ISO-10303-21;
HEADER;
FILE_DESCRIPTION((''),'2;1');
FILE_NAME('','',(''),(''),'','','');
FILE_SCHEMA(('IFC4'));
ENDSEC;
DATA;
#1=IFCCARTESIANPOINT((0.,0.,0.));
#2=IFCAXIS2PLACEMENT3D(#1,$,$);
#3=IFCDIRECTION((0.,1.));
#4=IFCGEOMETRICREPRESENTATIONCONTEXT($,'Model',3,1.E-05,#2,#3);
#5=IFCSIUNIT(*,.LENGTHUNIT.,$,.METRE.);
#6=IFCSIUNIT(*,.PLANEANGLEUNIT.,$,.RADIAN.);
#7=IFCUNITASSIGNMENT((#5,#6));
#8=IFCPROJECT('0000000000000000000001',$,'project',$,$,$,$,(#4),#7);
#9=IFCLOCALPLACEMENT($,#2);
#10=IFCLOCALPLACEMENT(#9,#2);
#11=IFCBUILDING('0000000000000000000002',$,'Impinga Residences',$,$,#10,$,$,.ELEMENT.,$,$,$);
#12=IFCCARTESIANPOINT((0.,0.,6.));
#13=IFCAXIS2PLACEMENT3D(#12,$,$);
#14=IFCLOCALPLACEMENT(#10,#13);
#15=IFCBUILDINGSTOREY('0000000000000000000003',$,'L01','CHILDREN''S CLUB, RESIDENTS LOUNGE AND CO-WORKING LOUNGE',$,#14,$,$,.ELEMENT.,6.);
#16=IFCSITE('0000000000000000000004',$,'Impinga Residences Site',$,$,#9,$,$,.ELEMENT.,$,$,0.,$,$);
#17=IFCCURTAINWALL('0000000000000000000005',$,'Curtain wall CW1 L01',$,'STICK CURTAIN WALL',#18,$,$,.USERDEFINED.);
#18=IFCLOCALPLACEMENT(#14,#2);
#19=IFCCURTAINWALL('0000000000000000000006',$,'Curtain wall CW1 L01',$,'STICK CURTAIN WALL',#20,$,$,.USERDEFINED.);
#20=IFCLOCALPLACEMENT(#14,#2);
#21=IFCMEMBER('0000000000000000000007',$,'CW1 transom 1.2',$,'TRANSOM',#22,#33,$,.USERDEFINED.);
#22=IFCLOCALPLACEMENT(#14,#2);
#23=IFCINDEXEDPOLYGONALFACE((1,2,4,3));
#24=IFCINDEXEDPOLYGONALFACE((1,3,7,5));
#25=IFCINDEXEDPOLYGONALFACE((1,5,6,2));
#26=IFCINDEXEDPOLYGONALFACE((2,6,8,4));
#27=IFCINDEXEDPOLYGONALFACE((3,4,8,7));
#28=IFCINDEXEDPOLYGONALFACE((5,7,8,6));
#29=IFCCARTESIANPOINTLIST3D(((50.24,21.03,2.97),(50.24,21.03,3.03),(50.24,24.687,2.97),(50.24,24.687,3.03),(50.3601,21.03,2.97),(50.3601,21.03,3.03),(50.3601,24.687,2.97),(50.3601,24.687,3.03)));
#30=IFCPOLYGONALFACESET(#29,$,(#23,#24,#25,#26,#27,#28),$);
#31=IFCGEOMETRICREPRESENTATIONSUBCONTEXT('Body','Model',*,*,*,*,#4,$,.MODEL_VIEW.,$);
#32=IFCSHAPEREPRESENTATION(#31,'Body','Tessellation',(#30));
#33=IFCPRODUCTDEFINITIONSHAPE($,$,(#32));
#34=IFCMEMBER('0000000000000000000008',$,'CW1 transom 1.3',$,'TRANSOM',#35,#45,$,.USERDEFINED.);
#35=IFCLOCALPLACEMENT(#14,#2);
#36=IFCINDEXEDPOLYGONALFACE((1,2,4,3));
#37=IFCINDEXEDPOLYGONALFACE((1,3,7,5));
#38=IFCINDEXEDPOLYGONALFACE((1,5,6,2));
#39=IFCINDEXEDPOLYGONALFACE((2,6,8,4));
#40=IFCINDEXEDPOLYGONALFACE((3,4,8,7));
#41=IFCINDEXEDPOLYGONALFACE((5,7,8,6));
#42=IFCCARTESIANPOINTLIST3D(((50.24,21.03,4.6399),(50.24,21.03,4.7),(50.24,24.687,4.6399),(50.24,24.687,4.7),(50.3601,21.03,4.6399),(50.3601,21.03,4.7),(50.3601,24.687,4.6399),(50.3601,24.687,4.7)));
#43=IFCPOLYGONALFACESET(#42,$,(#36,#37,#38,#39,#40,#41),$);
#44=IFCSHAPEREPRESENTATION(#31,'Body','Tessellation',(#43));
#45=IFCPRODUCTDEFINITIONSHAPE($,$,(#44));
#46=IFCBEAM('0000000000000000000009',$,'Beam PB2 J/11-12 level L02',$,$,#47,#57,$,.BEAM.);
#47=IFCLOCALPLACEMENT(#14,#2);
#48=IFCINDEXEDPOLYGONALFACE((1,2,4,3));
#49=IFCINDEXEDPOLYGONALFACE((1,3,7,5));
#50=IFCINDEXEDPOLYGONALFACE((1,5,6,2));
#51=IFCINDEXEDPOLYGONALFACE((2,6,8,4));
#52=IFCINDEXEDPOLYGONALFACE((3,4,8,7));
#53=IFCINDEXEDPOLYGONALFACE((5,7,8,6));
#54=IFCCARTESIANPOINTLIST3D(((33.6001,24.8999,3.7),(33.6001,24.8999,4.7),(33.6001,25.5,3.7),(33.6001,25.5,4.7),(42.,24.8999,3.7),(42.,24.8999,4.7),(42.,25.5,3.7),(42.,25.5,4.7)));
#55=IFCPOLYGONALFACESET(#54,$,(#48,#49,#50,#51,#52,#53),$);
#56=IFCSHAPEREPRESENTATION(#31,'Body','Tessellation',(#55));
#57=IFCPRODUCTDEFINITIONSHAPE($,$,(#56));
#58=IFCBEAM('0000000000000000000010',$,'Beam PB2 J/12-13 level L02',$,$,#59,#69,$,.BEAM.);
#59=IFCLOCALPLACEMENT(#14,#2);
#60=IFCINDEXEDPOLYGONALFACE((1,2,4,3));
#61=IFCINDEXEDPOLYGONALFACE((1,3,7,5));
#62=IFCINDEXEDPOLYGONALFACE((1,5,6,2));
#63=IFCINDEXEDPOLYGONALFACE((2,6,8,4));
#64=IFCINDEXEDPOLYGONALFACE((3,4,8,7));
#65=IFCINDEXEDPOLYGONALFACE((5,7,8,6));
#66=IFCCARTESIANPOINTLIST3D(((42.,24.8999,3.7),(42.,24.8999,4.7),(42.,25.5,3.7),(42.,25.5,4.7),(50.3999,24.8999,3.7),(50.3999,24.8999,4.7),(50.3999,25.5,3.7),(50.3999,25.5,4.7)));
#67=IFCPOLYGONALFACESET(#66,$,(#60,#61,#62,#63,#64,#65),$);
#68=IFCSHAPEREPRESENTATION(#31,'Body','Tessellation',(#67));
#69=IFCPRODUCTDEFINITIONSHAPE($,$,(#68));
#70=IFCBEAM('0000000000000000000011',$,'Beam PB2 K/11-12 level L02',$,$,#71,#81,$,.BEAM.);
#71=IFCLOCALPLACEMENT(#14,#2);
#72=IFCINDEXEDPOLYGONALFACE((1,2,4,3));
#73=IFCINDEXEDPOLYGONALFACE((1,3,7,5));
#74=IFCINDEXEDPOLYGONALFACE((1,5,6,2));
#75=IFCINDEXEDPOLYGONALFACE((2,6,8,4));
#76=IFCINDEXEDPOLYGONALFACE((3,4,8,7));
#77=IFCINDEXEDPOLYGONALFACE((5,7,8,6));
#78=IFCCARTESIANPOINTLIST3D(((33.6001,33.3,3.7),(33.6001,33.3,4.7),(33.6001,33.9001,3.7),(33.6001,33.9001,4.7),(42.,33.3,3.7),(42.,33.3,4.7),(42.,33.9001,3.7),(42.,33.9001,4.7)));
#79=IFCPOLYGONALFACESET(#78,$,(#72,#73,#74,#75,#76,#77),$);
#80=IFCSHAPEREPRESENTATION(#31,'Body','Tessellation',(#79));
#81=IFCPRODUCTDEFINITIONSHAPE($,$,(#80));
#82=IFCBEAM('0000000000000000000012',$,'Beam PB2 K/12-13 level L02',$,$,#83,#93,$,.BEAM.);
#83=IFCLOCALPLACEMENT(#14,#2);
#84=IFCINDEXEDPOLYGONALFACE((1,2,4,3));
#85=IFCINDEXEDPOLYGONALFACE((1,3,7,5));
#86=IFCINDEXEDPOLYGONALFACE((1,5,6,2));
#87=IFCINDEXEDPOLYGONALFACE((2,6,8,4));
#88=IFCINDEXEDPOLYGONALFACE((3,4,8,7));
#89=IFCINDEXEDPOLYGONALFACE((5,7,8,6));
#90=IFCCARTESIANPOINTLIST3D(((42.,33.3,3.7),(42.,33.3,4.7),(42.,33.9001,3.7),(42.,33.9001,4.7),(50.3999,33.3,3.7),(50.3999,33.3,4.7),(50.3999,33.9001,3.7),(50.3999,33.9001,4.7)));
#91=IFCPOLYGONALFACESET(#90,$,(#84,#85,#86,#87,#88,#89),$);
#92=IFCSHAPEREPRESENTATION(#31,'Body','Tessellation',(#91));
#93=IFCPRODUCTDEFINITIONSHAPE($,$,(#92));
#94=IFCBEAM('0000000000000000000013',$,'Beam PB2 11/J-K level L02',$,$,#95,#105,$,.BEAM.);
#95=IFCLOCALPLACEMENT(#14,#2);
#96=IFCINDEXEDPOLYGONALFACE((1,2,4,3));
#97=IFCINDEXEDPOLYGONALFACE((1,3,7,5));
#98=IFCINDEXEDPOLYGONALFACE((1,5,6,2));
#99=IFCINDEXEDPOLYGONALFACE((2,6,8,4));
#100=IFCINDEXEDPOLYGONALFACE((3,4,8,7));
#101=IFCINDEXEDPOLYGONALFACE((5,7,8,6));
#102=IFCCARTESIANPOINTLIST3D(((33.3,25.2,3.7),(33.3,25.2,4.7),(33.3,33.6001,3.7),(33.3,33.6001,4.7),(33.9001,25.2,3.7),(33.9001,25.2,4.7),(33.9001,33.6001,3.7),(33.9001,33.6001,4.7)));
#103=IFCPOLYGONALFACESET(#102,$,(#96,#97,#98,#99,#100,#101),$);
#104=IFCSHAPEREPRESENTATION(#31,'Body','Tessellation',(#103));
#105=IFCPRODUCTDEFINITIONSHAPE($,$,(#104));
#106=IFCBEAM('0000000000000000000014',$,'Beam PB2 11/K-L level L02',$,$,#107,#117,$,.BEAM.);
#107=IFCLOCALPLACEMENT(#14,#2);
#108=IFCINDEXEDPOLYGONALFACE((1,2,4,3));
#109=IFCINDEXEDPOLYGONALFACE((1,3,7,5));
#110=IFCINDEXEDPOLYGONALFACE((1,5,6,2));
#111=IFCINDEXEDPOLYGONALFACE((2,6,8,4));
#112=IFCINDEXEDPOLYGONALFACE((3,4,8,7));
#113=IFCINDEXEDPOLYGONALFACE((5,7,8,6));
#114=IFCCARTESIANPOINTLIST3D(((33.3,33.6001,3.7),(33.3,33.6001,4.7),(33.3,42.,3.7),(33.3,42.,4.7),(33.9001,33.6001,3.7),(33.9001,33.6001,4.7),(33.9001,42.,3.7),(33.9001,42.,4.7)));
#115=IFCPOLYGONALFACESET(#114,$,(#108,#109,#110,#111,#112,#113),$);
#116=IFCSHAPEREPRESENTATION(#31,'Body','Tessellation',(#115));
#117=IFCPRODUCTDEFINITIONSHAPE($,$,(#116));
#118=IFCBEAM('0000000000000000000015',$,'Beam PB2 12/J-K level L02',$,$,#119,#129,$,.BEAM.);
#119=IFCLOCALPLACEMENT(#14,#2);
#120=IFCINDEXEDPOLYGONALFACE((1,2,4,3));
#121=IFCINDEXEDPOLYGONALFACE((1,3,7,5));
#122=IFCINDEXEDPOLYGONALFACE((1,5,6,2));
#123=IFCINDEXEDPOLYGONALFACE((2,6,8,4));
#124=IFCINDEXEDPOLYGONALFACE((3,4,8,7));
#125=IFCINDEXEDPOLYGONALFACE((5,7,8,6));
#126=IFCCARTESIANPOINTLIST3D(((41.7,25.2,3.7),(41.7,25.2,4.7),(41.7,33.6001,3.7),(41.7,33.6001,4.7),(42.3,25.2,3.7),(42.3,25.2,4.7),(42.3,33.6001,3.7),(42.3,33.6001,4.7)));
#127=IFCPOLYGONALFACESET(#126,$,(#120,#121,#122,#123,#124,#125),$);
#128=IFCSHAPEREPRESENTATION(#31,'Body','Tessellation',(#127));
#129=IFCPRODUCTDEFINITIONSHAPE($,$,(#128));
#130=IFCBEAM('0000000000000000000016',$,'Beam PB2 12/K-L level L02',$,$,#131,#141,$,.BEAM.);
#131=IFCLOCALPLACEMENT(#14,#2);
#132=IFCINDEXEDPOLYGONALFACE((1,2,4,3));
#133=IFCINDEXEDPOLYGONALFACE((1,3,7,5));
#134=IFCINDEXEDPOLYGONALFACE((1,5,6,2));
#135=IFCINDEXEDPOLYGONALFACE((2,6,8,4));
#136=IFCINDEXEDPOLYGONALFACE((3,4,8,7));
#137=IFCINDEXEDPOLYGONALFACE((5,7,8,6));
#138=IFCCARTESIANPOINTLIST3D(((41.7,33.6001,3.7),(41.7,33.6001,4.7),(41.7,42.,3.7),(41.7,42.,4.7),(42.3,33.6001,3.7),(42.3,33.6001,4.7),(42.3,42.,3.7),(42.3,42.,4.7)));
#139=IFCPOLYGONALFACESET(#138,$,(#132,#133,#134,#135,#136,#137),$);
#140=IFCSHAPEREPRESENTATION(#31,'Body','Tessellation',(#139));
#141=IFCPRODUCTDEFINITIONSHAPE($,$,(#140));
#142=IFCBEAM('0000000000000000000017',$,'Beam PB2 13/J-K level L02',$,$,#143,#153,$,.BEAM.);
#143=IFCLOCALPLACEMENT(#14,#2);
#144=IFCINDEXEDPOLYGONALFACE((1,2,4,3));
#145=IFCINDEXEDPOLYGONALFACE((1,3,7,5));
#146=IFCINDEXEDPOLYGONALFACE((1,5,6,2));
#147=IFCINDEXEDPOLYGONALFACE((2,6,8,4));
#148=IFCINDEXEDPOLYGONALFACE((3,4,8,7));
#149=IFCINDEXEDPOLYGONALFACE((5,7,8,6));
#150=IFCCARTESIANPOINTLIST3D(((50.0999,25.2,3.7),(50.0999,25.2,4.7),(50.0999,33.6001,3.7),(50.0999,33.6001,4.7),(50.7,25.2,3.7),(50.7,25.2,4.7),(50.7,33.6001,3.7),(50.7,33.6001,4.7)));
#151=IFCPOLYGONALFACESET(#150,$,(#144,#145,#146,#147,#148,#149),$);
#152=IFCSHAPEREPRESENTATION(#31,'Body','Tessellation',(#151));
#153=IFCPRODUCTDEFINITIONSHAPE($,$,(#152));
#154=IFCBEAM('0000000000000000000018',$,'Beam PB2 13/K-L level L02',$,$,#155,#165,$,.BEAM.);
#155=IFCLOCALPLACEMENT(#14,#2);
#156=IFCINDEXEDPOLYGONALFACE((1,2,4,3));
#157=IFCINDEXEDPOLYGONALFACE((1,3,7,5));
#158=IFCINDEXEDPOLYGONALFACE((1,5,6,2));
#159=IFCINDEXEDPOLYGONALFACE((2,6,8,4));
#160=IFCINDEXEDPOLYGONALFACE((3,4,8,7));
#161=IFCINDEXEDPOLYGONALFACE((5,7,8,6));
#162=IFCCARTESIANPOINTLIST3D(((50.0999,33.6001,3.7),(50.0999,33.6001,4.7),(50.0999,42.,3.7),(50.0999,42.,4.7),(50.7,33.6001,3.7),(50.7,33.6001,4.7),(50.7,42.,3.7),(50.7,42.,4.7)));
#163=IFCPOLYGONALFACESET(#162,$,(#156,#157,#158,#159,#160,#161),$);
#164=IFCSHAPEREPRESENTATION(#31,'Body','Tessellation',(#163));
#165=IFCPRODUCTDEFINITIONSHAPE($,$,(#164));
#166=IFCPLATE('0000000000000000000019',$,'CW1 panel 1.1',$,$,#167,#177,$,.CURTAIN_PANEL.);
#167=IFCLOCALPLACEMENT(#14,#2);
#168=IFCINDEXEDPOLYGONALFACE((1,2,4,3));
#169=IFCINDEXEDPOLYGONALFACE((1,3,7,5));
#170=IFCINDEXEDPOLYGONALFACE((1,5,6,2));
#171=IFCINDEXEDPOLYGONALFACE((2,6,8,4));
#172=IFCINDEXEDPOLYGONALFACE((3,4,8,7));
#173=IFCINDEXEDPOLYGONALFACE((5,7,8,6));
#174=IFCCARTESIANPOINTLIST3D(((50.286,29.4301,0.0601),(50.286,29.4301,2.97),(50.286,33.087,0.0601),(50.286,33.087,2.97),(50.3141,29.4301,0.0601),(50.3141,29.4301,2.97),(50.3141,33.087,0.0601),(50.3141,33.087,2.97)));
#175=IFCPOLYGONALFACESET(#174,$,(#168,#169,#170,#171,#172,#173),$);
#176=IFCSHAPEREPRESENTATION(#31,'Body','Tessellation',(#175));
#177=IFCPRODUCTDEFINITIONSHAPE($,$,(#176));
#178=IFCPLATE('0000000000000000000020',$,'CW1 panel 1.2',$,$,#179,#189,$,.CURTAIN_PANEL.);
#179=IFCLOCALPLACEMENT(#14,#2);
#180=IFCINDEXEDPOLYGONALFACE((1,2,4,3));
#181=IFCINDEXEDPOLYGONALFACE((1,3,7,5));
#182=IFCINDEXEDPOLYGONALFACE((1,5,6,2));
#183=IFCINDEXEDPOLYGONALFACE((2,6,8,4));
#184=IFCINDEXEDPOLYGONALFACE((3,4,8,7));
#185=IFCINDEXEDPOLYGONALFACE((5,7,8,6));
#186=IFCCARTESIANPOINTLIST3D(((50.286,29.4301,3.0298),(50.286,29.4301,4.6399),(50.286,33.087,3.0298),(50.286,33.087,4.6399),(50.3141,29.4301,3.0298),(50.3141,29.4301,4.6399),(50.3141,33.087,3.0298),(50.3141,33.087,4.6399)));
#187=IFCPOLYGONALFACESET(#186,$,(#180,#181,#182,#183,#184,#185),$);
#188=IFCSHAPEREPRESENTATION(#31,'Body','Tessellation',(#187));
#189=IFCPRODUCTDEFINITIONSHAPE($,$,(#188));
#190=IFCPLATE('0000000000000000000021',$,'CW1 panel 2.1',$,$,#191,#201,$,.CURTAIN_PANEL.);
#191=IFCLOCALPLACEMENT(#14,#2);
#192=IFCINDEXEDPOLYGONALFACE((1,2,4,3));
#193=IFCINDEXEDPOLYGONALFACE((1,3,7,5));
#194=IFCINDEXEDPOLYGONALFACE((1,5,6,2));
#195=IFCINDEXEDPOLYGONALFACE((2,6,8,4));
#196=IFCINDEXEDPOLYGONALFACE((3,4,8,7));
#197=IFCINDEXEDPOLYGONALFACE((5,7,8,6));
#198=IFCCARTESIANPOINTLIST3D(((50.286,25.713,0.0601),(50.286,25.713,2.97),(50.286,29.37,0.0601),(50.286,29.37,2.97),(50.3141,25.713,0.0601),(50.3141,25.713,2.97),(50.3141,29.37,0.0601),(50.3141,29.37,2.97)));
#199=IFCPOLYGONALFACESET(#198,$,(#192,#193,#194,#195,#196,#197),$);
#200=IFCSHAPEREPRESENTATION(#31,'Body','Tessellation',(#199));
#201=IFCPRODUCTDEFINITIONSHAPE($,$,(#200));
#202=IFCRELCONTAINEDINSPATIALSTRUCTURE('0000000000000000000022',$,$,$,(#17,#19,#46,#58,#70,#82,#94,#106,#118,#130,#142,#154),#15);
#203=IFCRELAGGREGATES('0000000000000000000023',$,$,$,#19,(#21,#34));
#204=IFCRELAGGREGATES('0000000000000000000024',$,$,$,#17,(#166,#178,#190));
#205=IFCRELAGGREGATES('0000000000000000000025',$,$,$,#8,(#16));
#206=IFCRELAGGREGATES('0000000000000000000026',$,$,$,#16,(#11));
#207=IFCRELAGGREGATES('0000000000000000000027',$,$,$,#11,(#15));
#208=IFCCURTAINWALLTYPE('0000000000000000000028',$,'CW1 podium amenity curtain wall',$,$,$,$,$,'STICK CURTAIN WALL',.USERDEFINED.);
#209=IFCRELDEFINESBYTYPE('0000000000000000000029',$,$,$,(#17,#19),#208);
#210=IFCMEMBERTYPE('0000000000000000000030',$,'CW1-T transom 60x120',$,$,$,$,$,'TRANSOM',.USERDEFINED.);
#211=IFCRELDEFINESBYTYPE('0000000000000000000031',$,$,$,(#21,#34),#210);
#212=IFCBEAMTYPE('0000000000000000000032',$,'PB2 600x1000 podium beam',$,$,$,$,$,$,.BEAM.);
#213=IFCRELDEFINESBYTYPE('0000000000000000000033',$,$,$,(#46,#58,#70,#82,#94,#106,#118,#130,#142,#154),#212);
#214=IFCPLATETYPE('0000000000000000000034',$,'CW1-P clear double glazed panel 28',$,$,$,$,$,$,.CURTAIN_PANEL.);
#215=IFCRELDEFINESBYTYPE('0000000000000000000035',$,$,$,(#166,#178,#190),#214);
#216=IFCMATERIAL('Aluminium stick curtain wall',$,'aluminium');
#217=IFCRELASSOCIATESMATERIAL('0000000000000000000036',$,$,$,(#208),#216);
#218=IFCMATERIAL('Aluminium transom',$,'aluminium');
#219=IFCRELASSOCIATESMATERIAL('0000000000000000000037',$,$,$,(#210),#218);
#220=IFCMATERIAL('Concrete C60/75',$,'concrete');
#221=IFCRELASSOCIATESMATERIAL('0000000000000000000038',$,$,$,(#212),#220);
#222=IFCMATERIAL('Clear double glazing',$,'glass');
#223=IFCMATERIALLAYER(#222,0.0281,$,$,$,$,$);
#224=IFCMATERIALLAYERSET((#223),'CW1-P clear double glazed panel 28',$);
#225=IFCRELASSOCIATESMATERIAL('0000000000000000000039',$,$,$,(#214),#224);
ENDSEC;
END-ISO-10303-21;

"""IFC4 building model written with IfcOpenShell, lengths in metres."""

from ifc_helpers import new_model, si_unit, direction, frame, origin, origin_2d, place, context, subcontext, project, spatial, rectangle, extrude, material, layer, layer_set, material_profile, profile_set, type_object, element, aggregate, save


model = new_model("IFC4")

# Units and contexts
model_context = context("Model", 3, precision=1e-05, world=origin(), true_north=direction((0.0, 1.0)))
body_context = subcontext(model_context, "Body", "Model", "MODEL_VIEW")
ifc_project = project(units=[si_unit("LENGTHUNIT", "METRE"), si_unit("PLANEANGLEUNIT", "RADIAN")], contexts=[model_context])

# Site, building, storey
site_placement = place(None, origin())
site = spatial("IfcSite", under=ifc_project, at=site_placement, Name="Impinga Residences Site", CompositionType="ELEMENT", RefElevation=0.0)
building_placement = place(site_placement, origin())
building = spatial("IfcBuilding", under=site, at=building_placement, Name="Impinga Residences", CompositionType="ELEMENT")
storey_placement = place(building_placement, frame((0.0, 0.0, 6.0)))
storey = spatial("IfcBuildingStorey", under=building, at=storey_placement, Name="L01", Description="CHILDREN'S CLUB, RESIDENTS LOUNGE AND CO-WORKING LOUNGE", CompositionType="ELEMENT", Elevation=6.0)

# Curtain wall
ifc_material_1 = material(Name="Aluminium stick curtain wall", Category="aluminium")
curtain_wall_type = type_object("IfcCurtainWallType", Name="CW1 podium amenity curtain wall", ElementType="STICK CURTAIN WALL", PredefinedType="USERDEFINED", material=ifc_material_1)
curtain_wall_1_placement = place(storey_placement, origin())
curtain_wall_1 = element("IfcCurtainWall", 1, at=curtain_wall_1_placement, inside=storey, type_object=curtain_wall_type, Name="Curtain wall CW1 L01", ObjectType="STICK CURTAIN WALL", PredefinedType="USERDEFINED")

# Curtain wall
curtain_wall_2_placement = place(storey_placement, origin())
curtain_wall_2 = element("IfcCurtainWall", 2, at=curtain_wall_2_placement, inside=storey, type_object=curtain_wall_type, Name="Curtain wall CW1 L01", ObjectType="STICK CURTAIN WALL", PredefinedType="USERDEFINED")

# Members
ifc_material_2 = material(Name="Aluminium transom", Category="aluminium")
ifc_material_profile_1 = material_profile(ifc_material_2, rectangle(XDim=0.0601, YDim=0.1201, at=origin_2d()), Name="60x120 transom")
ifc_profile_set_1 = profile_set([ifc_material_profile_1], Name="Aluminium transom")
member_type_1 = type_object("IfcMemberType", Name="CW1-T transom 60x120", ElementType="TRANSOM", PredefinedType="USERDEFINED", material=ifc_profile_set_1)
member_1_placement = place(storey_placement, frame((50.3, 24.687, 3.0), z_axis=(0.0, -1.0, 0.0), x_axis=(0.0, 0.0, 1.0)))
member_1 = element("IfcMember", 3, at=member_1_placement, type_object=member_type_1, Name="CW1 transom 1.2", ObjectType="TRANSOM", PredefinedType="USERDEFINED", context=body_context, shape_type="SweptSolid", body=[
    extrude(rectangle(XDim=0.0601, YDim=0.1201, at=origin_2d()), origin(), (0.0, 0.0, 1.0), 3.657),
])
member_2_placement = place(storey_placement, frame((50.3, 24.687, 4.6699), z_axis=(0.0, -1.0, 0.0), x_axis=(0.0, 0.0, 1.0)))
member_2 = element("IfcMember", 4, at=member_2_placement, type_object=member_type_1, Name="CW1 transom 1.3", ObjectType="TRANSOM", PredefinedType="USERDEFINED", context=body_context, shape_type="SweptSolid", body=[
    extrude(rectangle(XDim=0.0601, YDim=0.1201, at=origin_2d()), origin(), (0.0, 0.0, 1.0), 3.657),
])
aggregate(curtain_wall_2, [member_1, member_2])

# Beams
ifc_material_3 = material(Name="Concrete C60/75", Category="concrete")
ifc_material_profile_2 = material_profile(ifc_material_3, rectangle(XDim=0.6001, YDim=1.0, at=origin_2d()), Name="RC 600x1000")
ifc_profile_set_2 = profile_set([ifc_material_profile_2], Name="Concrete C60/75")
beam_type = type_object("IfcBeamType", Name="PB2 600x1000 podium beam", PredefinedType="BEAM", material=ifc_profile_set_2)
for number, where, z_axis, x_axis, name in (
    (5, (33.6001, 25.2, 4.2), (1.0, 0.0, 0.0), (0.0, 1.0, 0.0), "Beam PB2 J/11-12 level L02"),
    (6, (42.0, 25.2, 4.2), (1.0, 0.0, 0.0), (0.0, 1.0, 0.0), "Beam PB2 J/12-13 level L02"),
    (7, (33.6001, 33.6001, 4.2), (1.0, 0.0, 0.0), (0.0, 1.0, 0.0), "Beam PB2 K/11-12 level L02"),
    (8, (42.0, 33.6001, 4.2), (1.0, 0.0, 0.0), (0.0, 1.0, 0.0), "Beam PB2 K/12-13 level L02"),
):
    element("IfcBeam", number, at=place(storey_placement, frame(where, z_axis=z_axis, x_axis=x_axis)), inside=storey, type_object=beam_type, Name=name, PredefinedType="BEAM", context=body_context, shape_type="SweptSolid", body=[
        extrude(rectangle(XDim=0.6001, YDim=1.0, at=origin_2d()), origin(), (0.0, 0.0, 1.0), 8.3999),
    ])
beam_1_placement = place(storey_placement, frame((33.6001, 25.2, 4.2), z_axis=(0.0, 1.0, 0.0), x_axis=(-1.0, 0.0, 0.0)))
element("IfcBeam", 9, at=beam_1_placement, inside=storey, type_object=beam_type, Name="Beam PB2 11/J-K level L02", PredefinedType="BEAM", context=body_context, shape_type="SweptSolid", body=[
    extrude(rectangle(XDim=0.6001, YDim=1.0, at=origin_2d()), origin(), (0.0, 0.0, 1.0), 8.4001),
])
beam_2_placement = place(storey_placement, frame((33.6001, 33.6001, 4.2), z_axis=(0.0, 1.0, 0.0), x_axis=(-1.0, 0.0, 0.0)))
element("IfcBeam", 10, at=beam_2_placement, inside=storey, type_object=beam_type, Name="Beam PB2 11/K-L level L02", PredefinedType="BEAM", context=body_context, shape_type="SweptSolid", body=[
    extrude(rectangle(XDim=0.6001, YDim=1.0, at=origin_2d()), origin(), (0.0, 0.0, 1.0), 8.3999),
])
beam_3_placement = place(storey_placement, frame((42.0, 25.2, 4.2), z_axis=(0.0, 1.0, 0.0), x_axis=(-1.0, 0.0, 0.0)))
element("IfcBeam", 11, at=beam_3_placement, inside=storey, type_object=beam_type, Name="Beam PB2 12/J-K level L02", PredefinedType="BEAM", context=body_context, shape_type="SweptSolid", body=[
    extrude(rectangle(XDim=0.6001, YDim=1.0, at=origin_2d()), origin(), (0.0, 0.0, 1.0), 8.4001),
])
beam_4_placement = place(storey_placement, frame((42.0, 33.6001, 4.2), z_axis=(0.0, 1.0, 0.0), x_axis=(-1.0, 0.0, 0.0)))
element("IfcBeam", 12, at=beam_4_placement, inside=storey, type_object=beam_type, Name="Beam PB2 12/K-L level L02", PredefinedType="BEAM", context=body_context, shape_type="SweptSolid", body=[
    extrude(rectangle(XDim=0.6001, YDim=1.0, at=origin_2d()), origin(), (0.0, 0.0, 1.0), 8.3999),
])
beam_5_placement = place(storey_placement, frame((50.3999, 25.2, 4.2), z_axis=(0.0, 1.0, 0.0), x_axis=(-1.0, 0.0, 0.0)))
element("IfcBeam", 13, at=beam_5_placement, inside=storey, type_object=beam_type, Name="Beam PB2 13/J-K level L02", PredefinedType="BEAM", context=body_context, shape_type="SweptSolid", body=[
    extrude(rectangle(XDim=0.6001, YDim=1.0, at=origin_2d()), origin(), (0.0, 0.0, 1.0), 8.4001),
])
beam_6_placement = place(storey_placement, frame((50.3999, 33.6001, 4.2), z_axis=(0.0, 1.0, 0.0), x_axis=(-1.0, 0.0, 0.0)))
element("IfcBeam", 14, at=beam_6_placement, inside=storey, type_object=beam_type, Name="Beam PB2 13/K-L level L02", PredefinedType="BEAM", context=body_context, shape_type="SweptSolid", body=[
    extrude(rectangle(XDim=0.6001, YDim=1.0, at=origin_2d()), origin(), (0.0, 0.0, 1.0), 8.3999),
])

# Plates
ifc_material_4 = material(Name="Clear double glazing", Category="glass")
ifc_layer_1 = layer(ifc_material_4, 0.0281)
ifc_layer_set_1 = layer_set([ifc_layer_1], Name="CW1-P clear double glazed panel 28")
plate_type = type_object("IfcPlateType", Name="CW1-P clear double glazed panel 28", PredefinedType="CURTAIN_PANEL", material=ifc_layer_set_1)
plate_1_placement = place(storey_placement, frame((50.3, 31.2585, 0.0601), z_axis=(0.0, 0.0, 1.0), x_axis=(0.0, -1.0, 0.0)))
plate_1 = element("IfcPlate", 15, at=plate_1_placement, type_object=plate_type, Name="CW1 panel 1.1", PredefinedType="CURTAIN_PANEL", context=body_context, shape_type="SweptSolid", body=[
    extrude(rectangle(XDim=3.657, YDim=0.0281, at=origin_2d()), origin(), (0.0, 0.0, 1.0), 2.9099),
])
plate_2_placement = place(storey_placement, frame((50.3, 31.2585, 3.0298), z_axis=(0.0, 0.0, 1.0), x_axis=(0.0, -1.0, 0.0)))
plate_2 = element("IfcPlate", 16, at=plate_2_placement, type_object=plate_type, Name="CW1 panel 1.2", PredefinedType="CURTAIN_PANEL", context=body_context, shape_type="SweptSolid", body=[
    extrude(rectangle(XDim=3.657, YDim=0.0281, at=origin_2d()), origin(), (0.0, 0.0, 1.0), 1.6101),
])
plate_3_placement = place(storey_placement, frame((50.3, 27.5415, 0.0601), z_axis=(0.0, 0.0, 1.0), x_axis=(0.0, -1.0, 0.0)))
plate_3 = element("IfcPlate", 17, at=plate_3_placement, type_object=plate_type, Name="CW1 panel 2.1", PredefinedType="CURTAIN_PANEL", context=body_context, shape_type="SweptSolid", body=[
    extrude(rectangle(XDim=3.657, YDim=0.0281, at=origin_2d()), origin(), (0.0, 0.0, 1.0), 2.9099),
])
aggregate(curtain_wall_1, [plate_1, plate_2, plate_3])

save(model, "model.ifc")
